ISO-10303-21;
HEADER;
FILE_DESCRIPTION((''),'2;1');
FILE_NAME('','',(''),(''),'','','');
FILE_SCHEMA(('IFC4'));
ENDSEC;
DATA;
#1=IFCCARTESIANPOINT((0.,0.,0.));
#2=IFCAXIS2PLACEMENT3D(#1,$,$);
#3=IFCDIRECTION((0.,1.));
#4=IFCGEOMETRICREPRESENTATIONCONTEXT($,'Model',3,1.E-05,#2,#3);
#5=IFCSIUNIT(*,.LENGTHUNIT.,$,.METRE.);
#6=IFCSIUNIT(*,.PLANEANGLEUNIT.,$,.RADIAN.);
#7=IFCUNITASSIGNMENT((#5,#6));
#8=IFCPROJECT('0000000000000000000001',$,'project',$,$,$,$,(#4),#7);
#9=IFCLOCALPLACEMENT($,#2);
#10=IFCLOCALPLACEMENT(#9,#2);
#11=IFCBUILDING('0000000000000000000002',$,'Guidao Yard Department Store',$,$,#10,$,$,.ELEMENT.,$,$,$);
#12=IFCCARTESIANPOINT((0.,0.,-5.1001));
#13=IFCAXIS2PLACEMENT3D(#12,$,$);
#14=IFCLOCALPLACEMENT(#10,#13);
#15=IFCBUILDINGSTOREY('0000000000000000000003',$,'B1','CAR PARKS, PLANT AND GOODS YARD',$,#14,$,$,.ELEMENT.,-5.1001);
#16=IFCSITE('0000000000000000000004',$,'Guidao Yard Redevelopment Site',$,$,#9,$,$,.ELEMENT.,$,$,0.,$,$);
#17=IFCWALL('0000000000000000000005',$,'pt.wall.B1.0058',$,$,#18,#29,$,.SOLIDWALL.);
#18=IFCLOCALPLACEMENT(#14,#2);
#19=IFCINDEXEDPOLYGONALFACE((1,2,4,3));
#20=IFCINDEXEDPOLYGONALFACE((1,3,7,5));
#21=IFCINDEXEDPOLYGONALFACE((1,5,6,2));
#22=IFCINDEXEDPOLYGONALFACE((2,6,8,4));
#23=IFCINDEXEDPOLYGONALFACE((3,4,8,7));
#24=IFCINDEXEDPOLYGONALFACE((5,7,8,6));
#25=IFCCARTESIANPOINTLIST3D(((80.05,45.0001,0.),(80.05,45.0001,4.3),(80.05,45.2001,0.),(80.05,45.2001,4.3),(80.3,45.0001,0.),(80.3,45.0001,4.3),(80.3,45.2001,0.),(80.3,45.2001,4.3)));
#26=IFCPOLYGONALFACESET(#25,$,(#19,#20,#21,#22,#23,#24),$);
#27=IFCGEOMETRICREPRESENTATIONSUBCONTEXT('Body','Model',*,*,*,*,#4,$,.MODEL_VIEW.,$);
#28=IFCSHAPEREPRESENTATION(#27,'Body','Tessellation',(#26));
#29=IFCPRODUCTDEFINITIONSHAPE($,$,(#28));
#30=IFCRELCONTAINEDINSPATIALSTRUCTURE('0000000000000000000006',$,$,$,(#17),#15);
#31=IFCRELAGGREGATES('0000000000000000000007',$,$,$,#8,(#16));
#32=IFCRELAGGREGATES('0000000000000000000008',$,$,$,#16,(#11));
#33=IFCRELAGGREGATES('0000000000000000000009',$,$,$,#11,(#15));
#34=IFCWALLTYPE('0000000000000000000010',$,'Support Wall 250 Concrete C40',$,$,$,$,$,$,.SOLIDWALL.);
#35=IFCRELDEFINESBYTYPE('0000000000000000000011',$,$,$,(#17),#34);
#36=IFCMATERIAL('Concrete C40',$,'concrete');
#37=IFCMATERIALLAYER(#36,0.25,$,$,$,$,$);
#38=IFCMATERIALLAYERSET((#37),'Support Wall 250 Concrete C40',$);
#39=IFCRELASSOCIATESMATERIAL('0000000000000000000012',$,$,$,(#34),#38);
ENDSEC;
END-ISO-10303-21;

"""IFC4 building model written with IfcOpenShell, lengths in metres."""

from ifc_helpers import new_model, si_unit, direction, frame, frame_2d, origin, place, context, subcontext, project, spatial, rectangle, extrude, material, layer, layer_set, type_object, element, save


model = new_model("IFC4")

# Units and contexts
model_context = context("Model", 3, precision=1e-05, world=origin(), true_north=direction((0.0, 1.0)))
body_context = subcontext(model_context, "Body", "Model", "MODEL_VIEW")
ifc_project = project(units=[si_unit("LENGTHUNIT", "METRE"), si_unit("PLANEANGLEUNIT", "RADIAN")], contexts=[model_context])

# Site, building, storey
site_placement = place(None, origin())
site = spatial("IfcSite", under=ifc_project, at=site_placement, Name="Guidao Yard Redevelopment Site", CompositionType="ELEMENT", RefElevation=0.0)
building_placement = place(site_placement, origin())
building = spatial("IfcBuilding", under=site, at=building_placement, Name="Guidao Yard Department Store", CompositionType="ELEMENT")
storey_placement = place(building_placement, frame((0.0, 0.0, -5.1001)))
storey = spatial("IfcBuildingStorey", under=building, at=storey_placement, Name="B1", Description="CAR PARKS, PLANT AND GOODS YARD", CompositionType="ELEMENT", Elevation=-5.1001)

# Wall
ifc_material_1 = material(Name="Concrete C40", Category="concrete")
ifc_layer_1 = layer(ifc_material_1, 0.25)
ifc_layer_set_1 = layer_set([ifc_layer_1], Name="Support Wall 250 Concrete C40")
wall_type_1 = type_object("IfcWallType", Name="Support Wall 250 Concrete C40", PredefinedType="SOLIDWALL", material=ifc_layer_set_1)
wall_placement = place(storey_placement, frame((80.175, 45.0, 0.0), z_axis=(0.0, 0.0, 1.0), x_axis=(0.0, 1.0, 0.0)))
element("IfcWall", 1, at=wall_placement, inside=storey, type_object=wall_type_1, Name="pt.wall.B1.0058", PredefinedType="SOLIDWALL", context=body_context, shape_type="SweptSolid", body=[
    extrude(rectangle(XDim=0.2, YDim=0.25, at=frame_2d((0.1001, 0.0))), origin(), (0.0, 0.0, 1.0), 4.3),
])

save(model, "model.ifc")
